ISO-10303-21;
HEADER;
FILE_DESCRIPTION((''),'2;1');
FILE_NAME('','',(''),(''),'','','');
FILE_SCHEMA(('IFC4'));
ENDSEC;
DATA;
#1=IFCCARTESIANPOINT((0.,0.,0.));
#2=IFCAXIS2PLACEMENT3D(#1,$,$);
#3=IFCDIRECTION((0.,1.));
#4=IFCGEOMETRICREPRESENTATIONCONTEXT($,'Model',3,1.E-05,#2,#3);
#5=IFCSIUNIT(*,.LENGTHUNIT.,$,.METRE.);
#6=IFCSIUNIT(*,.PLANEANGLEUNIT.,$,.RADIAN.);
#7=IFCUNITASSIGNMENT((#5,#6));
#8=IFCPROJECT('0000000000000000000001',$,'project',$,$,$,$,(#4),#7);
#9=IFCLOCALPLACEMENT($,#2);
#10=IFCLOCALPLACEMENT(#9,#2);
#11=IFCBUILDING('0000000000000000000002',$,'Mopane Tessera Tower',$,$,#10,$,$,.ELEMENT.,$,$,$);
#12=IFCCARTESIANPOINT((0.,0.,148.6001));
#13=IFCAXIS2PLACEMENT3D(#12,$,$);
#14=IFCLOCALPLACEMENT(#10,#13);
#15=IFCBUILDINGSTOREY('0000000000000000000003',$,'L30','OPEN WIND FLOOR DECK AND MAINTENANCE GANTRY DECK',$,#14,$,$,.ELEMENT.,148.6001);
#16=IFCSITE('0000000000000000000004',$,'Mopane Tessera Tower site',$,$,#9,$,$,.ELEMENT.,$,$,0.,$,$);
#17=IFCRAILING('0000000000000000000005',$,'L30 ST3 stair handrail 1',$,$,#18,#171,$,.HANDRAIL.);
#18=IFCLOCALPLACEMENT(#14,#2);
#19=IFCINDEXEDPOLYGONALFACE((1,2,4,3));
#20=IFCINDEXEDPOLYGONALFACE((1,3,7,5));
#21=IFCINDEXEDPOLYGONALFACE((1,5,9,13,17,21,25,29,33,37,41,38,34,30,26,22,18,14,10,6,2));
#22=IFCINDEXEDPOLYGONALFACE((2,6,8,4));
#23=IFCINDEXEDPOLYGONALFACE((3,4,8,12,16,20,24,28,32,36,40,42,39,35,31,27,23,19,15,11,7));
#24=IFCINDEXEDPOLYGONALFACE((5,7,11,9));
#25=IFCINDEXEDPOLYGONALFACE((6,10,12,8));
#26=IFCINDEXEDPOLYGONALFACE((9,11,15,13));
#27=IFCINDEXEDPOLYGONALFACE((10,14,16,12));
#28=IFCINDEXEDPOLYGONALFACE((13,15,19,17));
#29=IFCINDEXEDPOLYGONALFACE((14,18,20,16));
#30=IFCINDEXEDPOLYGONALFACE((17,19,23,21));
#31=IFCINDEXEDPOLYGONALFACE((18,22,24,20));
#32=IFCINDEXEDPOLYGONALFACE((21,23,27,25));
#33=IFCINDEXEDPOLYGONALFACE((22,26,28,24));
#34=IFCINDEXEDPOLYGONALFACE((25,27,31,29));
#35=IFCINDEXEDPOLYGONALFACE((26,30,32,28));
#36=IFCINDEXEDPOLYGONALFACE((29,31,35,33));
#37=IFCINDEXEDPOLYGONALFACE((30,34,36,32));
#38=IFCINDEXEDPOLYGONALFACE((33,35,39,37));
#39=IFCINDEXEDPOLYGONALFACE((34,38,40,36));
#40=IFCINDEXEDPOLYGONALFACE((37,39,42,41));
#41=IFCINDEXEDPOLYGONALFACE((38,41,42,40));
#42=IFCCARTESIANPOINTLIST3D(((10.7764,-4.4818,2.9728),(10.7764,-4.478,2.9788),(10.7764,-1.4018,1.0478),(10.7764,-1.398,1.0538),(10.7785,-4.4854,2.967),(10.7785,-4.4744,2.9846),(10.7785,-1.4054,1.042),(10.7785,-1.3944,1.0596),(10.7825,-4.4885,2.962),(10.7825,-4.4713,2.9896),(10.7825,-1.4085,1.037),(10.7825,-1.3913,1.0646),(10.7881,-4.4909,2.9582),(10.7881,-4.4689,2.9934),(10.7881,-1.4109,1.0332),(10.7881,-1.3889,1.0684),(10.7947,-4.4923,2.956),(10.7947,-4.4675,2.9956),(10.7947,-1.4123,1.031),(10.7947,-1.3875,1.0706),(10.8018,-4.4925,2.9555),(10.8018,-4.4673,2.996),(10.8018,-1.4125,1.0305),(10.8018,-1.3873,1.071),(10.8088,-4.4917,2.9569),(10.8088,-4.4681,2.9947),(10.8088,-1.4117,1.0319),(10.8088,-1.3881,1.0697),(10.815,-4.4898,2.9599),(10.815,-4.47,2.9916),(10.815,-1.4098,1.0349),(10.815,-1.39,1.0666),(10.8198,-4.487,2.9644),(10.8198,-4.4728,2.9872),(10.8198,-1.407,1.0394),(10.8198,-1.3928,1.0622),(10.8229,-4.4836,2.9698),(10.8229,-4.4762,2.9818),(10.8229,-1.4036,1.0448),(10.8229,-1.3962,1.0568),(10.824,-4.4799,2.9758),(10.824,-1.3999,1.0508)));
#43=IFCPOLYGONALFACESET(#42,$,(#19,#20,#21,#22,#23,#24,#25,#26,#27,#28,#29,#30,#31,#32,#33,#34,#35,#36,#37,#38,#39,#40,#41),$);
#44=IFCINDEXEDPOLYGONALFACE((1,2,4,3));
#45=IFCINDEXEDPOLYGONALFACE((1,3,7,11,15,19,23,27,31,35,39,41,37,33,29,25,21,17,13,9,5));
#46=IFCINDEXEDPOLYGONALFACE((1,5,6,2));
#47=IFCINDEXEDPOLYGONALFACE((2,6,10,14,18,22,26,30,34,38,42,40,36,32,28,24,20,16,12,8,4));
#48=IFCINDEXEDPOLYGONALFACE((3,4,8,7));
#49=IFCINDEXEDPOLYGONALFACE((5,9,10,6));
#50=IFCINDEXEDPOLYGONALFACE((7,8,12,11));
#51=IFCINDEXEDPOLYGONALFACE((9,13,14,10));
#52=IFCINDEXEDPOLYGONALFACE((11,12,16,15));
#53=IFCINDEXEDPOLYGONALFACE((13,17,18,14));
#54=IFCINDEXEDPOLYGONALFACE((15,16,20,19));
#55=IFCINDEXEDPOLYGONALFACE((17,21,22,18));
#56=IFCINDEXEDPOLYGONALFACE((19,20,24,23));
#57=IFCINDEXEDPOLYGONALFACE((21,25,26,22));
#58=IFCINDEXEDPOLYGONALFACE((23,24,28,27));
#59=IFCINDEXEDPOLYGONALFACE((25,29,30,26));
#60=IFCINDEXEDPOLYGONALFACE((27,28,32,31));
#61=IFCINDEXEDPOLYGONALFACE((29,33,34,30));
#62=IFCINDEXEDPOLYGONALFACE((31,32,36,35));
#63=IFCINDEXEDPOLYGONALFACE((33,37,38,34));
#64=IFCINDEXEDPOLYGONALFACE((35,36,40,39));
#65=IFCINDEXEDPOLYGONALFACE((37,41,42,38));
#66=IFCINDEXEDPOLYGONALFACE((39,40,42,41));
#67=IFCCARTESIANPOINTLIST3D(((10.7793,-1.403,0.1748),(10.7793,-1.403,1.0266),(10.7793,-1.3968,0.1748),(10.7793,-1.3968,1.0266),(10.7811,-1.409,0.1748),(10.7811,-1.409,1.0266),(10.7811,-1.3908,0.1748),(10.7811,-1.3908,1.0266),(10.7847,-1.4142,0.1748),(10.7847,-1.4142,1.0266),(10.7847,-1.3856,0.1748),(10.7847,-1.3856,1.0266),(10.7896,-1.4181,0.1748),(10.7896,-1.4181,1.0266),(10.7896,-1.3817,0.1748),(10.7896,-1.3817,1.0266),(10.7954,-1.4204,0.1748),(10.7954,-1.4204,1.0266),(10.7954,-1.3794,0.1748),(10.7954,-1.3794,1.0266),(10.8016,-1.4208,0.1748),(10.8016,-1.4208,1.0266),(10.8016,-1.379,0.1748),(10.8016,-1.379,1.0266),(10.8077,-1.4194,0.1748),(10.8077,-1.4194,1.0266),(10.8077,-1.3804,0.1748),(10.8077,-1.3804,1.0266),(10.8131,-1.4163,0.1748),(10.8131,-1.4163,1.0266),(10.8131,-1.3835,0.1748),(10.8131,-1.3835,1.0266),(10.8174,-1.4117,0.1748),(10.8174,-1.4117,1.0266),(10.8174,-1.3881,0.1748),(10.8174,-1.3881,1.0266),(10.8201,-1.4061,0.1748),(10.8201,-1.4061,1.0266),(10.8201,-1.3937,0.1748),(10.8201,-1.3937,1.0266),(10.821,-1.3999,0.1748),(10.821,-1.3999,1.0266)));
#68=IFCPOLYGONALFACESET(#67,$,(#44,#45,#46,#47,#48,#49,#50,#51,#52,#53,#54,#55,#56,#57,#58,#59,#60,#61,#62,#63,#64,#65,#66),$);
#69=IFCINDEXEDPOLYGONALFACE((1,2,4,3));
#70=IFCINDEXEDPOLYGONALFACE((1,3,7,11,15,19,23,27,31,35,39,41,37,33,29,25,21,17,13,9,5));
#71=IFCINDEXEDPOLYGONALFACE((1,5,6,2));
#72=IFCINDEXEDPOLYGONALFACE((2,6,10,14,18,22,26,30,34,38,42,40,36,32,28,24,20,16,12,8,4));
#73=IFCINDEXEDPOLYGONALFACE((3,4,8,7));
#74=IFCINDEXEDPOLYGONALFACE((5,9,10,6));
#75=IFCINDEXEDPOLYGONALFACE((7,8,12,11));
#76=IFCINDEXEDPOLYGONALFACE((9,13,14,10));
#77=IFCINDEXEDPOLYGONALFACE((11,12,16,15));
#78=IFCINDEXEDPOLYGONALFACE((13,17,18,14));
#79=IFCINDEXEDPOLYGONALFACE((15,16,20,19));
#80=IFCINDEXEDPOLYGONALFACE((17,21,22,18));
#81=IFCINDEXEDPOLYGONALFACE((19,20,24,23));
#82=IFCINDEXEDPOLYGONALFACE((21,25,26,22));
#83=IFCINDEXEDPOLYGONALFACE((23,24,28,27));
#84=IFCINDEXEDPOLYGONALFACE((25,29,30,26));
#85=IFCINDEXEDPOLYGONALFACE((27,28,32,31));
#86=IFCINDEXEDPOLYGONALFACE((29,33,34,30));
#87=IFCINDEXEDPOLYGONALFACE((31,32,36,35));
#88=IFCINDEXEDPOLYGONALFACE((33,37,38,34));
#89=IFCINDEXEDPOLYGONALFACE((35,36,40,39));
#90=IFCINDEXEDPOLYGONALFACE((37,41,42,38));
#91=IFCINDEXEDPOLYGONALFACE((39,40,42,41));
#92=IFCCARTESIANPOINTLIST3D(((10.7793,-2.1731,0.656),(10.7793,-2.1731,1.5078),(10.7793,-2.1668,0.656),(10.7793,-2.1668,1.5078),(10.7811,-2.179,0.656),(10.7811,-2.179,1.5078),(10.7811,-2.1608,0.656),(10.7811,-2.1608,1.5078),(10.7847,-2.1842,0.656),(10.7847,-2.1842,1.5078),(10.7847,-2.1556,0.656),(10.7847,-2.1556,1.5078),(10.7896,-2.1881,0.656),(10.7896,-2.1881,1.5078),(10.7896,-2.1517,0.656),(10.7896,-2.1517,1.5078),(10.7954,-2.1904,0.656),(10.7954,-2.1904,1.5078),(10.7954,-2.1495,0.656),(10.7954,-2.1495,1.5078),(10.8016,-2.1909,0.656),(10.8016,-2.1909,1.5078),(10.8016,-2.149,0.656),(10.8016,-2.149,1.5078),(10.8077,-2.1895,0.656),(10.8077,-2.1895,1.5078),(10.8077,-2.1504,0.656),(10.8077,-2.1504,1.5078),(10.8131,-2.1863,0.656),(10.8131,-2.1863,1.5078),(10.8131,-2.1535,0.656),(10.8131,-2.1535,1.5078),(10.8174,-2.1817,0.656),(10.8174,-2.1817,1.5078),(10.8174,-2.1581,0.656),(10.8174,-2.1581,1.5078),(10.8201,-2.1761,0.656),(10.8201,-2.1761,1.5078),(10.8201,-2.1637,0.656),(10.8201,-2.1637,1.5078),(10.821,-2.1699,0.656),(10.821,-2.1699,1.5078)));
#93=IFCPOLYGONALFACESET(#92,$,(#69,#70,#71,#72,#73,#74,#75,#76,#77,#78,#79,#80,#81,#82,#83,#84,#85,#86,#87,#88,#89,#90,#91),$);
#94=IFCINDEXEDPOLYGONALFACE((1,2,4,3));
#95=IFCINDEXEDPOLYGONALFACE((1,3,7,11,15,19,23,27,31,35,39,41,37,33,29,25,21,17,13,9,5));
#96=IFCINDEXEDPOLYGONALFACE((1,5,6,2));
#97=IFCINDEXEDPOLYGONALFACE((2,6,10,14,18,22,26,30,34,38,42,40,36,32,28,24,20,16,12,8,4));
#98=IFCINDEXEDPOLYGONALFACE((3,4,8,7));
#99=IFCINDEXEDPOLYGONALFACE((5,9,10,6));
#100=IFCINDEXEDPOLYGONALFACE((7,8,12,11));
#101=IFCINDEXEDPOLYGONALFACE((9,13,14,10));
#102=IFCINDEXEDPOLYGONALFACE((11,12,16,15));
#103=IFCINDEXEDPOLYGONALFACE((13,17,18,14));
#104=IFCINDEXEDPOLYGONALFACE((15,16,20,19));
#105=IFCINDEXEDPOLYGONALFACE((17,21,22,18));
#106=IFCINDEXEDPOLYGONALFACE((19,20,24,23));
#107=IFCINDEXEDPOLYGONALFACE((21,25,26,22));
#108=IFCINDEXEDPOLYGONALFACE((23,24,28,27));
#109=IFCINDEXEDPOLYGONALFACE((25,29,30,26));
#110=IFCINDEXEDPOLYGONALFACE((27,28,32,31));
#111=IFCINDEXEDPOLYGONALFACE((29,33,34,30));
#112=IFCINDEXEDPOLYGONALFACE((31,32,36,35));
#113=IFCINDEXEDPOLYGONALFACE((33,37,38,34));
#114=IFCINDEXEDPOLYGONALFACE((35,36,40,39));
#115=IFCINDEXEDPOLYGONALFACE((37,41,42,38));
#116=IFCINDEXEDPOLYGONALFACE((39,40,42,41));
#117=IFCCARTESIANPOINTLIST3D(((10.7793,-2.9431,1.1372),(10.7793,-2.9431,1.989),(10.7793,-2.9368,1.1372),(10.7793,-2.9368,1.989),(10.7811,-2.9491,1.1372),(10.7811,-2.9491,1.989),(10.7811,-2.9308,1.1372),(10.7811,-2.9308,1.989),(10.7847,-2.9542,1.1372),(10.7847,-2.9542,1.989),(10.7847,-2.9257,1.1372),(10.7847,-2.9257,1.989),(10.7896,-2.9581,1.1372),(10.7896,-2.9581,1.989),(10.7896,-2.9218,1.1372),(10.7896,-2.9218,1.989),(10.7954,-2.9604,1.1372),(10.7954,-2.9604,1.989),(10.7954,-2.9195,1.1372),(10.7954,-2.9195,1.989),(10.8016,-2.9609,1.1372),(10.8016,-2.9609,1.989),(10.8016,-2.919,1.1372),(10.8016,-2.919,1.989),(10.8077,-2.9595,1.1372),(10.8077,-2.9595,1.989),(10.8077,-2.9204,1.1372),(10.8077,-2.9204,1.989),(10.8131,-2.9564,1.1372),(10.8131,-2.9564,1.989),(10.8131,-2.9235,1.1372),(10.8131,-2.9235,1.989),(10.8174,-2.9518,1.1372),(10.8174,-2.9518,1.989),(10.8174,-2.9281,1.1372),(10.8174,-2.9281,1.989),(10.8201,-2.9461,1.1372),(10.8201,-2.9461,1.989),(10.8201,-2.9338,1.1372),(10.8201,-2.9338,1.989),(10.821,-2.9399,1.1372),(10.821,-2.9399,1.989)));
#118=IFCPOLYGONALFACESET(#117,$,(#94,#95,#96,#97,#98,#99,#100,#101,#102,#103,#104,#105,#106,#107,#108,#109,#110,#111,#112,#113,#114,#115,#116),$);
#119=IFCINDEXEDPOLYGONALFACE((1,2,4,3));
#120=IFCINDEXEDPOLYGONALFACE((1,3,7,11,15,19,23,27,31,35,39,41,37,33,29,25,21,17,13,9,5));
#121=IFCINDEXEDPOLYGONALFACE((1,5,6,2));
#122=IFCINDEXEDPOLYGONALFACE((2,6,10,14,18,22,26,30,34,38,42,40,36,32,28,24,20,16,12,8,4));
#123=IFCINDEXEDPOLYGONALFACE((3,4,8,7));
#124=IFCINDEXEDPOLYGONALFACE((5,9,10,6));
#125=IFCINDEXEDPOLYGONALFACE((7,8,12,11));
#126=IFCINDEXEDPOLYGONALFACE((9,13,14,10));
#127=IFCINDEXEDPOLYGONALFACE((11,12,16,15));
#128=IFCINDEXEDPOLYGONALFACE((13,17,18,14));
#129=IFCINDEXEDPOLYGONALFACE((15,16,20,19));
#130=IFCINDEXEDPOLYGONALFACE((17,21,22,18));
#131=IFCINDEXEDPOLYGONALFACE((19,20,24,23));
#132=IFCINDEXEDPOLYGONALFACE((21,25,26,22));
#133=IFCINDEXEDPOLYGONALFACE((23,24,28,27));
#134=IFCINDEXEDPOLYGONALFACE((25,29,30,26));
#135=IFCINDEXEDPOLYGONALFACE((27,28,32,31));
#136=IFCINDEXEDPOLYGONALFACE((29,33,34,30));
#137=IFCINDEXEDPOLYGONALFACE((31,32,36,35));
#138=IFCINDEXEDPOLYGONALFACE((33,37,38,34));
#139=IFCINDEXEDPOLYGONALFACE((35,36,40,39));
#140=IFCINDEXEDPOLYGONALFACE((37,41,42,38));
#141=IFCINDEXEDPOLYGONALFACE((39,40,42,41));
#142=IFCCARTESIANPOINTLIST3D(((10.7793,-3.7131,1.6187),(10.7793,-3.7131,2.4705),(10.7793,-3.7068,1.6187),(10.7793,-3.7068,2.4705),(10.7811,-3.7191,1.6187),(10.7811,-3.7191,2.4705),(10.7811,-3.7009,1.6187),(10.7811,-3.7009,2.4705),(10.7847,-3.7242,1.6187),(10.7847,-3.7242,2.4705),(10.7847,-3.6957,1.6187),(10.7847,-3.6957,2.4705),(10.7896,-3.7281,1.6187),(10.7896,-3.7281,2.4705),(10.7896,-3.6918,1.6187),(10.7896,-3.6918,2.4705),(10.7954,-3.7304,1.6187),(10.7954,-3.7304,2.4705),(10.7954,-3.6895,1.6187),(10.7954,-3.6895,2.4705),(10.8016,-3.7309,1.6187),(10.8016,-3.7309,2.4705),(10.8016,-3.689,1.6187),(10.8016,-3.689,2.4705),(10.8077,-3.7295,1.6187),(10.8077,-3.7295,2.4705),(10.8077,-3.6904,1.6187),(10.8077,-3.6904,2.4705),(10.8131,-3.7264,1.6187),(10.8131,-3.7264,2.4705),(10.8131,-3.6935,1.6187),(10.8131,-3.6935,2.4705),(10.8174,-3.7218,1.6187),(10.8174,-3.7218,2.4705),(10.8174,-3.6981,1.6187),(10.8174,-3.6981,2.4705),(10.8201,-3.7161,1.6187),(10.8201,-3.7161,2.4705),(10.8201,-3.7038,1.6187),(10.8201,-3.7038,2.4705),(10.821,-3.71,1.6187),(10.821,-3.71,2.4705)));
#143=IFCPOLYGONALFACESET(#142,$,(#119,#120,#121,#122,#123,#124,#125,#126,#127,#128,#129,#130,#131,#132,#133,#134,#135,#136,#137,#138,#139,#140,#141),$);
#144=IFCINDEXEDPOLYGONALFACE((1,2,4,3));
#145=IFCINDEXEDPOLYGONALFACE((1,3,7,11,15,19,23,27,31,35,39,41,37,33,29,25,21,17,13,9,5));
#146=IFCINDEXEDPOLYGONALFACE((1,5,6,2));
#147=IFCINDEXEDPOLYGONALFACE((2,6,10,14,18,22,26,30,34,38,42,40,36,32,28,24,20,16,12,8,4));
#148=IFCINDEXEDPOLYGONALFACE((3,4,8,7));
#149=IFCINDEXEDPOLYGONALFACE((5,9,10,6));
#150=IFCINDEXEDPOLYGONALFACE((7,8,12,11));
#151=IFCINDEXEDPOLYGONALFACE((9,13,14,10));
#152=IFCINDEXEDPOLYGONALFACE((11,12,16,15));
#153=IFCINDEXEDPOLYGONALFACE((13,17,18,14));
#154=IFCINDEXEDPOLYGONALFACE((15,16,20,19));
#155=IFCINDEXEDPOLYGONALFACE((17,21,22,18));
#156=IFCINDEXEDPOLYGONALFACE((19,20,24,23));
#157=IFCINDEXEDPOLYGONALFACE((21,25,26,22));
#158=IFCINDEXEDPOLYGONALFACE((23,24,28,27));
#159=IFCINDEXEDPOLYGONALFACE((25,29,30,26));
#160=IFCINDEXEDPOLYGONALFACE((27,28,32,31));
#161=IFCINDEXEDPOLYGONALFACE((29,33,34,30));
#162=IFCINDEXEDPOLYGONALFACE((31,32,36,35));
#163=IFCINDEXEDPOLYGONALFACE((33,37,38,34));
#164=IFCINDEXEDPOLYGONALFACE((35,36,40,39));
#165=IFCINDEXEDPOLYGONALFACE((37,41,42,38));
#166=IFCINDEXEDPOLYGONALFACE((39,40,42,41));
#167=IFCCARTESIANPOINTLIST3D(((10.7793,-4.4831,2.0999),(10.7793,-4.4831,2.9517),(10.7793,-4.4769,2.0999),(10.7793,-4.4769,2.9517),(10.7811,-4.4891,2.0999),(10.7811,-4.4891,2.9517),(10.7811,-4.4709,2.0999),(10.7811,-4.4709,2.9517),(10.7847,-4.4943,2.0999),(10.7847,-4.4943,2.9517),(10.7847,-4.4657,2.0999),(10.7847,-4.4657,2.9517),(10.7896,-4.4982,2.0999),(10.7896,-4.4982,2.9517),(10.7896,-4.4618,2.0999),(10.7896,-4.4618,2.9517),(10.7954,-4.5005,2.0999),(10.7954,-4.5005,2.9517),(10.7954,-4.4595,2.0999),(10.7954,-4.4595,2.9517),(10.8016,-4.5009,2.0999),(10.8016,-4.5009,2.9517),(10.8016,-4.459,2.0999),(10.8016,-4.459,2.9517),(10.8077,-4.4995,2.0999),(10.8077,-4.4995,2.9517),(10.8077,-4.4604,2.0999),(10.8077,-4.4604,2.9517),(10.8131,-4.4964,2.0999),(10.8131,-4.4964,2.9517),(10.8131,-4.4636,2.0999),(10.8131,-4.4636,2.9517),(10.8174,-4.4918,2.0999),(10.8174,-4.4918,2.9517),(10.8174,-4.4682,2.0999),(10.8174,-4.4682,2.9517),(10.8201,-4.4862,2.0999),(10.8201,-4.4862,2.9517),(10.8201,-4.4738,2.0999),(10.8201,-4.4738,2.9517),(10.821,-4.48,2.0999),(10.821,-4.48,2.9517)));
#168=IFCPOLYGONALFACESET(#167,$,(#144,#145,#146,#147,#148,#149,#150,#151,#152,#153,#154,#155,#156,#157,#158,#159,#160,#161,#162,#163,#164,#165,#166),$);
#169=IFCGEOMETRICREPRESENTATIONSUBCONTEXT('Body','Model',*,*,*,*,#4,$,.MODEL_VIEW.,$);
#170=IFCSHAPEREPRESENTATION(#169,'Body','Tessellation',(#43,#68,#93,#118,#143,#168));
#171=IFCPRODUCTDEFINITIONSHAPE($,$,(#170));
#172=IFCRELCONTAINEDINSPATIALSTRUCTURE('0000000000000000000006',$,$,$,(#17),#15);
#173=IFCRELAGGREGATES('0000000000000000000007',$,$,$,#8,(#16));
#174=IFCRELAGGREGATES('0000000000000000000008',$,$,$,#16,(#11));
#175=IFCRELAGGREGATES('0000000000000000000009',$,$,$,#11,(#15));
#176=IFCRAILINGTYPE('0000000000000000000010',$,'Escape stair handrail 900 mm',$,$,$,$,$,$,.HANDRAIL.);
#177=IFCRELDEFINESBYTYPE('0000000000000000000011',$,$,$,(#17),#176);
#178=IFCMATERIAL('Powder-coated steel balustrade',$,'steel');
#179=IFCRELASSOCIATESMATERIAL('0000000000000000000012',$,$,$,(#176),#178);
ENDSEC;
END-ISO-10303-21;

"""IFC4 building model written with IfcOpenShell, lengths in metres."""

from ifc_helpers import new_model, si_unit, direction, frame, origin, origin_2d, place, context, subcontext, project, spatial, circle, extrude, material, type_object, element, save


model = new_model("IFC4")

# Units and contexts
model_context = context("Model", 3, precision=1e-05, world=origin(), true_north=direction((0.0, 1.0)))
body_context = subcontext(model_context, "Body", "Model", "MODEL_VIEW")
ifc_project = project(units=[si_unit("LENGTHUNIT", "METRE"), si_unit("PLANEANGLEUNIT", "RADIAN")], contexts=[model_context])

# Site, building, storey
site_placement = place(None, origin())
site = spatial("IfcSite", under=ifc_project, at=site_placement, Name="Mopane Tessera Tower site", CompositionType="ELEMENT", RefElevation=0.0)
building_placement = place(site_placement, origin())
building = spatial("IfcBuilding", under=site, at=building_placement, Name="Mopane Tessera Tower", CompositionType="ELEMENT")
storey_placement = place(building_placement, frame((0.0, 0.0, 148.6001)))
storey = spatial("IfcBuildingStorey", under=building, at=storey_placement, Name="L30", Description="OPEN WIND FLOOR DECK AND MAINTENANCE GANTRY DECK", CompositionType="ELEMENT", Elevation=148.6001)

# Railing
ifc_material_1 = material(Name="Powder-coated steel balustrade", Category="steel")
railing_type = type_object("IfcRailingType", Name="Escape stair handrail 900 mm", PredefinedType="HANDRAIL", material=ifc_material_1)
railing_1_placement = place(storey_placement, frame((10.8, -1.3999, 0.1748)))
element("IfcRailing", 1, at=railing_1_placement, inside=storey, type_object=railing_type, Name="L30 ST3 stair handrail 1", PredefinedType="HANDRAIL", context=body_context, shape_type="SweptSolid", body=[
    extrude(circle(Radius=0.0239, at=origin_2d()), frame((0.0, 0.0, 0.876), z_axis=(0.0, -0.847998, 0.529999), x_axis=(1.0, 0.0, 0.0)), (0.0, 0.0, 1.0), 3.6321),
    extrude(circle(Radius=0.021, at=origin_2d()), origin(), (0.0, 0.0, 1.0), 0.8518),
    extrude(circle(Radius=0.021, at=origin_2d()), frame((0.0, -0.77, 0.4812)), (0.0, 0.0, 1.0), 0.8518),
    extrude(circle(Radius=0.021, at=origin_2d()), frame((0.0, -1.54, 0.9624)), (0.0, 0.0, 1.0), 0.8518),
    extrude(circle(Radius=0.021, at=origin_2d()), frame((0.0, -2.3101, 1.4438)), (0.0, 0.0, 1.0), 0.8518),
    extrude(circle(Radius=0.021, at=origin_2d()), frame((0.0, -3.0801, 1.925)), (0.0, 0.0, 1.0), 0.8518),
])

save(model, "model.ifc")
